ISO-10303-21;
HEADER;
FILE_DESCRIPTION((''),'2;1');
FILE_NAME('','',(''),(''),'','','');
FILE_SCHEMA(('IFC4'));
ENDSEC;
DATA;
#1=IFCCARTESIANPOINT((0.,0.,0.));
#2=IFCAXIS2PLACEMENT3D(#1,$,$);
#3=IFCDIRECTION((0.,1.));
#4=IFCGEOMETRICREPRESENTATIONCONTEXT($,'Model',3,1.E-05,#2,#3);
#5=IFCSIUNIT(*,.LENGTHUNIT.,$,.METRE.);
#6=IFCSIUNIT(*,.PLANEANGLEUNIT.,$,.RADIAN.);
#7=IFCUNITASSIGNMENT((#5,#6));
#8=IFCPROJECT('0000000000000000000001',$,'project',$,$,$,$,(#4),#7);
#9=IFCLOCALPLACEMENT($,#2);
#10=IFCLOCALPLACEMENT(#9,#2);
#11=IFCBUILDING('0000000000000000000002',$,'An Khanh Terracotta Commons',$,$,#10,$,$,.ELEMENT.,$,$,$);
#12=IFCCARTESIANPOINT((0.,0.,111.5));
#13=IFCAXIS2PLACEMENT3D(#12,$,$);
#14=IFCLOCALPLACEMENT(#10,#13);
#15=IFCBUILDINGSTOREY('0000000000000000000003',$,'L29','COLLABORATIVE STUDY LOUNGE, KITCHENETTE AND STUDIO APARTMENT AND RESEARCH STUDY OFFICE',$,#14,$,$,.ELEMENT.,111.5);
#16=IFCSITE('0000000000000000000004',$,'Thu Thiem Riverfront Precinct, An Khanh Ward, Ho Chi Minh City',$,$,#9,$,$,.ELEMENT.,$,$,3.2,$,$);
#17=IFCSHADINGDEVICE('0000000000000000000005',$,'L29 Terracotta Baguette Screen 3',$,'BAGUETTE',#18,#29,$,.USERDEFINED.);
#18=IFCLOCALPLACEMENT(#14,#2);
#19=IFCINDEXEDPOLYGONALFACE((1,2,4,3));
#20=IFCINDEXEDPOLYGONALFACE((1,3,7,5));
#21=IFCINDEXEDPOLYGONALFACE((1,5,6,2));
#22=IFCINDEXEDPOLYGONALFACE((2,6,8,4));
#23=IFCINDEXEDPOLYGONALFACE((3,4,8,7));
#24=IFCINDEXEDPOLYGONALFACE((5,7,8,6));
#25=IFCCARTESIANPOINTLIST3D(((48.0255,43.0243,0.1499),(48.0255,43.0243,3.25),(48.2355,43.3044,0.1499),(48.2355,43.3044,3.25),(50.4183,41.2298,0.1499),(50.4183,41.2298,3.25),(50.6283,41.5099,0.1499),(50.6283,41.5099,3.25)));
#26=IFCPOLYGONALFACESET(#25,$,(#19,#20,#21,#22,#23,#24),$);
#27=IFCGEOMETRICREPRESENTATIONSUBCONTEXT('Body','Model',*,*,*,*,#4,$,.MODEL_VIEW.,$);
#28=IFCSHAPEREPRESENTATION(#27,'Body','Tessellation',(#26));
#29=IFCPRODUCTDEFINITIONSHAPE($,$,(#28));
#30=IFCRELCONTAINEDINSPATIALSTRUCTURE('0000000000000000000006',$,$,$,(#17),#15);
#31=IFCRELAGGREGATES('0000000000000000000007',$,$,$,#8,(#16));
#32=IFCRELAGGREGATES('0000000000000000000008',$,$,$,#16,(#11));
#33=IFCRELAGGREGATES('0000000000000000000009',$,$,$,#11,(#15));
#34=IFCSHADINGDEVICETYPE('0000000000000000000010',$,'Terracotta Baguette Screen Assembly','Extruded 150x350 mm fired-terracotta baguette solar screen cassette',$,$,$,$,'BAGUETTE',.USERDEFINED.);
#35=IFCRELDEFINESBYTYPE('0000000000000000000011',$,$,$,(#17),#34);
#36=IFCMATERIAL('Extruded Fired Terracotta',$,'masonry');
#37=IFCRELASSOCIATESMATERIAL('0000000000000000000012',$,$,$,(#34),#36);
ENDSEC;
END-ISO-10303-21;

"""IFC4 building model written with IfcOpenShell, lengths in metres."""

from ifc_helpers import new_model, si_unit, direction, frame, origin, origin_2d, place, context, subcontext, project, spatial, rectangle, extrude, material, type_object, element, save


model = new_model("IFC4")

# Units and contexts
model_context = context("Model", 3, precision=1e-05, world=origin(), true_north=direction((0.0, 1.0)))
body_context = subcontext(model_context, "Body", "Model", "MODEL_VIEW")
ifc_project = project(units=[si_unit("LENGTHUNIT", "METRE"), si_unit("PLANEANGLEUNIT", "RADIAN")], contexts=[model_context])

# Site, building, storey
site_placement = place(None, origin())
site = spatial("IfcSite", under=ifc_project, at=site_placement, Name="Thu Thiem Riverfront Precinct, An Khanh Ward, Ho Chi Minh City", CompositionType="ELEMENT", RefElevation=3.2)
building_placement = place(site_placement, origin())
building = spatial("IfcBuilding", under=site, at=building_placement, Name="An Khanh Terracotta Commons", CompositionType="ELEMENT")
storey_placement = place(building_placement, frame((0.0, 0.0, 111.5)))
storey = spatial("IfcBuildingStorey", under=building, at=storey_placement, Name="L29", Description="COLLABORATIVE STUDY LOUNGE, KITCHENETTE AND STUDIO APARTMENT AND RESEARCH STUDY OFFICE", CompositionType="ELEMENT", Elevation=111.5)

# Shading device
ifc_material_1 = material(Name="Extruded Fired Terracotta", Category="masonry")
shading_device_type = type_object("IfcShadingDeviceType", Name="Terracotta Baguette Screen Assembly", Description="Extruded 150x350 mm fired-terracotta baguette solar screen cassette", ElementType="BAGUETTE", PredefinedType="USERDEFINED", material=ifc_material_1)
shading_device_placement = place(storey_placement, frame((49.3269, 42.2671, 0.1499), z_axis=(0.0, 0.0, 1.0), x_axis=(-0.800013, 0.599983, 0.0)))
element("IfcShadingDevice", 1, at=shading_device_placement, inside=storey, type_object=shading_device_type, Name="L29 Terracotta Baguette Screen 3", ObjectType="BAGUETTE", PredefinedType="USERDEFINED", context=body_context, shape_type="SweptSolid", body=[
    extrude(rectangle(XDim=2.991, YDim=0.3501, at=origin_2d()), origin(), (0.0, 0.0, 1.0), 3.1001),
])

save(model, "model.ifc")
